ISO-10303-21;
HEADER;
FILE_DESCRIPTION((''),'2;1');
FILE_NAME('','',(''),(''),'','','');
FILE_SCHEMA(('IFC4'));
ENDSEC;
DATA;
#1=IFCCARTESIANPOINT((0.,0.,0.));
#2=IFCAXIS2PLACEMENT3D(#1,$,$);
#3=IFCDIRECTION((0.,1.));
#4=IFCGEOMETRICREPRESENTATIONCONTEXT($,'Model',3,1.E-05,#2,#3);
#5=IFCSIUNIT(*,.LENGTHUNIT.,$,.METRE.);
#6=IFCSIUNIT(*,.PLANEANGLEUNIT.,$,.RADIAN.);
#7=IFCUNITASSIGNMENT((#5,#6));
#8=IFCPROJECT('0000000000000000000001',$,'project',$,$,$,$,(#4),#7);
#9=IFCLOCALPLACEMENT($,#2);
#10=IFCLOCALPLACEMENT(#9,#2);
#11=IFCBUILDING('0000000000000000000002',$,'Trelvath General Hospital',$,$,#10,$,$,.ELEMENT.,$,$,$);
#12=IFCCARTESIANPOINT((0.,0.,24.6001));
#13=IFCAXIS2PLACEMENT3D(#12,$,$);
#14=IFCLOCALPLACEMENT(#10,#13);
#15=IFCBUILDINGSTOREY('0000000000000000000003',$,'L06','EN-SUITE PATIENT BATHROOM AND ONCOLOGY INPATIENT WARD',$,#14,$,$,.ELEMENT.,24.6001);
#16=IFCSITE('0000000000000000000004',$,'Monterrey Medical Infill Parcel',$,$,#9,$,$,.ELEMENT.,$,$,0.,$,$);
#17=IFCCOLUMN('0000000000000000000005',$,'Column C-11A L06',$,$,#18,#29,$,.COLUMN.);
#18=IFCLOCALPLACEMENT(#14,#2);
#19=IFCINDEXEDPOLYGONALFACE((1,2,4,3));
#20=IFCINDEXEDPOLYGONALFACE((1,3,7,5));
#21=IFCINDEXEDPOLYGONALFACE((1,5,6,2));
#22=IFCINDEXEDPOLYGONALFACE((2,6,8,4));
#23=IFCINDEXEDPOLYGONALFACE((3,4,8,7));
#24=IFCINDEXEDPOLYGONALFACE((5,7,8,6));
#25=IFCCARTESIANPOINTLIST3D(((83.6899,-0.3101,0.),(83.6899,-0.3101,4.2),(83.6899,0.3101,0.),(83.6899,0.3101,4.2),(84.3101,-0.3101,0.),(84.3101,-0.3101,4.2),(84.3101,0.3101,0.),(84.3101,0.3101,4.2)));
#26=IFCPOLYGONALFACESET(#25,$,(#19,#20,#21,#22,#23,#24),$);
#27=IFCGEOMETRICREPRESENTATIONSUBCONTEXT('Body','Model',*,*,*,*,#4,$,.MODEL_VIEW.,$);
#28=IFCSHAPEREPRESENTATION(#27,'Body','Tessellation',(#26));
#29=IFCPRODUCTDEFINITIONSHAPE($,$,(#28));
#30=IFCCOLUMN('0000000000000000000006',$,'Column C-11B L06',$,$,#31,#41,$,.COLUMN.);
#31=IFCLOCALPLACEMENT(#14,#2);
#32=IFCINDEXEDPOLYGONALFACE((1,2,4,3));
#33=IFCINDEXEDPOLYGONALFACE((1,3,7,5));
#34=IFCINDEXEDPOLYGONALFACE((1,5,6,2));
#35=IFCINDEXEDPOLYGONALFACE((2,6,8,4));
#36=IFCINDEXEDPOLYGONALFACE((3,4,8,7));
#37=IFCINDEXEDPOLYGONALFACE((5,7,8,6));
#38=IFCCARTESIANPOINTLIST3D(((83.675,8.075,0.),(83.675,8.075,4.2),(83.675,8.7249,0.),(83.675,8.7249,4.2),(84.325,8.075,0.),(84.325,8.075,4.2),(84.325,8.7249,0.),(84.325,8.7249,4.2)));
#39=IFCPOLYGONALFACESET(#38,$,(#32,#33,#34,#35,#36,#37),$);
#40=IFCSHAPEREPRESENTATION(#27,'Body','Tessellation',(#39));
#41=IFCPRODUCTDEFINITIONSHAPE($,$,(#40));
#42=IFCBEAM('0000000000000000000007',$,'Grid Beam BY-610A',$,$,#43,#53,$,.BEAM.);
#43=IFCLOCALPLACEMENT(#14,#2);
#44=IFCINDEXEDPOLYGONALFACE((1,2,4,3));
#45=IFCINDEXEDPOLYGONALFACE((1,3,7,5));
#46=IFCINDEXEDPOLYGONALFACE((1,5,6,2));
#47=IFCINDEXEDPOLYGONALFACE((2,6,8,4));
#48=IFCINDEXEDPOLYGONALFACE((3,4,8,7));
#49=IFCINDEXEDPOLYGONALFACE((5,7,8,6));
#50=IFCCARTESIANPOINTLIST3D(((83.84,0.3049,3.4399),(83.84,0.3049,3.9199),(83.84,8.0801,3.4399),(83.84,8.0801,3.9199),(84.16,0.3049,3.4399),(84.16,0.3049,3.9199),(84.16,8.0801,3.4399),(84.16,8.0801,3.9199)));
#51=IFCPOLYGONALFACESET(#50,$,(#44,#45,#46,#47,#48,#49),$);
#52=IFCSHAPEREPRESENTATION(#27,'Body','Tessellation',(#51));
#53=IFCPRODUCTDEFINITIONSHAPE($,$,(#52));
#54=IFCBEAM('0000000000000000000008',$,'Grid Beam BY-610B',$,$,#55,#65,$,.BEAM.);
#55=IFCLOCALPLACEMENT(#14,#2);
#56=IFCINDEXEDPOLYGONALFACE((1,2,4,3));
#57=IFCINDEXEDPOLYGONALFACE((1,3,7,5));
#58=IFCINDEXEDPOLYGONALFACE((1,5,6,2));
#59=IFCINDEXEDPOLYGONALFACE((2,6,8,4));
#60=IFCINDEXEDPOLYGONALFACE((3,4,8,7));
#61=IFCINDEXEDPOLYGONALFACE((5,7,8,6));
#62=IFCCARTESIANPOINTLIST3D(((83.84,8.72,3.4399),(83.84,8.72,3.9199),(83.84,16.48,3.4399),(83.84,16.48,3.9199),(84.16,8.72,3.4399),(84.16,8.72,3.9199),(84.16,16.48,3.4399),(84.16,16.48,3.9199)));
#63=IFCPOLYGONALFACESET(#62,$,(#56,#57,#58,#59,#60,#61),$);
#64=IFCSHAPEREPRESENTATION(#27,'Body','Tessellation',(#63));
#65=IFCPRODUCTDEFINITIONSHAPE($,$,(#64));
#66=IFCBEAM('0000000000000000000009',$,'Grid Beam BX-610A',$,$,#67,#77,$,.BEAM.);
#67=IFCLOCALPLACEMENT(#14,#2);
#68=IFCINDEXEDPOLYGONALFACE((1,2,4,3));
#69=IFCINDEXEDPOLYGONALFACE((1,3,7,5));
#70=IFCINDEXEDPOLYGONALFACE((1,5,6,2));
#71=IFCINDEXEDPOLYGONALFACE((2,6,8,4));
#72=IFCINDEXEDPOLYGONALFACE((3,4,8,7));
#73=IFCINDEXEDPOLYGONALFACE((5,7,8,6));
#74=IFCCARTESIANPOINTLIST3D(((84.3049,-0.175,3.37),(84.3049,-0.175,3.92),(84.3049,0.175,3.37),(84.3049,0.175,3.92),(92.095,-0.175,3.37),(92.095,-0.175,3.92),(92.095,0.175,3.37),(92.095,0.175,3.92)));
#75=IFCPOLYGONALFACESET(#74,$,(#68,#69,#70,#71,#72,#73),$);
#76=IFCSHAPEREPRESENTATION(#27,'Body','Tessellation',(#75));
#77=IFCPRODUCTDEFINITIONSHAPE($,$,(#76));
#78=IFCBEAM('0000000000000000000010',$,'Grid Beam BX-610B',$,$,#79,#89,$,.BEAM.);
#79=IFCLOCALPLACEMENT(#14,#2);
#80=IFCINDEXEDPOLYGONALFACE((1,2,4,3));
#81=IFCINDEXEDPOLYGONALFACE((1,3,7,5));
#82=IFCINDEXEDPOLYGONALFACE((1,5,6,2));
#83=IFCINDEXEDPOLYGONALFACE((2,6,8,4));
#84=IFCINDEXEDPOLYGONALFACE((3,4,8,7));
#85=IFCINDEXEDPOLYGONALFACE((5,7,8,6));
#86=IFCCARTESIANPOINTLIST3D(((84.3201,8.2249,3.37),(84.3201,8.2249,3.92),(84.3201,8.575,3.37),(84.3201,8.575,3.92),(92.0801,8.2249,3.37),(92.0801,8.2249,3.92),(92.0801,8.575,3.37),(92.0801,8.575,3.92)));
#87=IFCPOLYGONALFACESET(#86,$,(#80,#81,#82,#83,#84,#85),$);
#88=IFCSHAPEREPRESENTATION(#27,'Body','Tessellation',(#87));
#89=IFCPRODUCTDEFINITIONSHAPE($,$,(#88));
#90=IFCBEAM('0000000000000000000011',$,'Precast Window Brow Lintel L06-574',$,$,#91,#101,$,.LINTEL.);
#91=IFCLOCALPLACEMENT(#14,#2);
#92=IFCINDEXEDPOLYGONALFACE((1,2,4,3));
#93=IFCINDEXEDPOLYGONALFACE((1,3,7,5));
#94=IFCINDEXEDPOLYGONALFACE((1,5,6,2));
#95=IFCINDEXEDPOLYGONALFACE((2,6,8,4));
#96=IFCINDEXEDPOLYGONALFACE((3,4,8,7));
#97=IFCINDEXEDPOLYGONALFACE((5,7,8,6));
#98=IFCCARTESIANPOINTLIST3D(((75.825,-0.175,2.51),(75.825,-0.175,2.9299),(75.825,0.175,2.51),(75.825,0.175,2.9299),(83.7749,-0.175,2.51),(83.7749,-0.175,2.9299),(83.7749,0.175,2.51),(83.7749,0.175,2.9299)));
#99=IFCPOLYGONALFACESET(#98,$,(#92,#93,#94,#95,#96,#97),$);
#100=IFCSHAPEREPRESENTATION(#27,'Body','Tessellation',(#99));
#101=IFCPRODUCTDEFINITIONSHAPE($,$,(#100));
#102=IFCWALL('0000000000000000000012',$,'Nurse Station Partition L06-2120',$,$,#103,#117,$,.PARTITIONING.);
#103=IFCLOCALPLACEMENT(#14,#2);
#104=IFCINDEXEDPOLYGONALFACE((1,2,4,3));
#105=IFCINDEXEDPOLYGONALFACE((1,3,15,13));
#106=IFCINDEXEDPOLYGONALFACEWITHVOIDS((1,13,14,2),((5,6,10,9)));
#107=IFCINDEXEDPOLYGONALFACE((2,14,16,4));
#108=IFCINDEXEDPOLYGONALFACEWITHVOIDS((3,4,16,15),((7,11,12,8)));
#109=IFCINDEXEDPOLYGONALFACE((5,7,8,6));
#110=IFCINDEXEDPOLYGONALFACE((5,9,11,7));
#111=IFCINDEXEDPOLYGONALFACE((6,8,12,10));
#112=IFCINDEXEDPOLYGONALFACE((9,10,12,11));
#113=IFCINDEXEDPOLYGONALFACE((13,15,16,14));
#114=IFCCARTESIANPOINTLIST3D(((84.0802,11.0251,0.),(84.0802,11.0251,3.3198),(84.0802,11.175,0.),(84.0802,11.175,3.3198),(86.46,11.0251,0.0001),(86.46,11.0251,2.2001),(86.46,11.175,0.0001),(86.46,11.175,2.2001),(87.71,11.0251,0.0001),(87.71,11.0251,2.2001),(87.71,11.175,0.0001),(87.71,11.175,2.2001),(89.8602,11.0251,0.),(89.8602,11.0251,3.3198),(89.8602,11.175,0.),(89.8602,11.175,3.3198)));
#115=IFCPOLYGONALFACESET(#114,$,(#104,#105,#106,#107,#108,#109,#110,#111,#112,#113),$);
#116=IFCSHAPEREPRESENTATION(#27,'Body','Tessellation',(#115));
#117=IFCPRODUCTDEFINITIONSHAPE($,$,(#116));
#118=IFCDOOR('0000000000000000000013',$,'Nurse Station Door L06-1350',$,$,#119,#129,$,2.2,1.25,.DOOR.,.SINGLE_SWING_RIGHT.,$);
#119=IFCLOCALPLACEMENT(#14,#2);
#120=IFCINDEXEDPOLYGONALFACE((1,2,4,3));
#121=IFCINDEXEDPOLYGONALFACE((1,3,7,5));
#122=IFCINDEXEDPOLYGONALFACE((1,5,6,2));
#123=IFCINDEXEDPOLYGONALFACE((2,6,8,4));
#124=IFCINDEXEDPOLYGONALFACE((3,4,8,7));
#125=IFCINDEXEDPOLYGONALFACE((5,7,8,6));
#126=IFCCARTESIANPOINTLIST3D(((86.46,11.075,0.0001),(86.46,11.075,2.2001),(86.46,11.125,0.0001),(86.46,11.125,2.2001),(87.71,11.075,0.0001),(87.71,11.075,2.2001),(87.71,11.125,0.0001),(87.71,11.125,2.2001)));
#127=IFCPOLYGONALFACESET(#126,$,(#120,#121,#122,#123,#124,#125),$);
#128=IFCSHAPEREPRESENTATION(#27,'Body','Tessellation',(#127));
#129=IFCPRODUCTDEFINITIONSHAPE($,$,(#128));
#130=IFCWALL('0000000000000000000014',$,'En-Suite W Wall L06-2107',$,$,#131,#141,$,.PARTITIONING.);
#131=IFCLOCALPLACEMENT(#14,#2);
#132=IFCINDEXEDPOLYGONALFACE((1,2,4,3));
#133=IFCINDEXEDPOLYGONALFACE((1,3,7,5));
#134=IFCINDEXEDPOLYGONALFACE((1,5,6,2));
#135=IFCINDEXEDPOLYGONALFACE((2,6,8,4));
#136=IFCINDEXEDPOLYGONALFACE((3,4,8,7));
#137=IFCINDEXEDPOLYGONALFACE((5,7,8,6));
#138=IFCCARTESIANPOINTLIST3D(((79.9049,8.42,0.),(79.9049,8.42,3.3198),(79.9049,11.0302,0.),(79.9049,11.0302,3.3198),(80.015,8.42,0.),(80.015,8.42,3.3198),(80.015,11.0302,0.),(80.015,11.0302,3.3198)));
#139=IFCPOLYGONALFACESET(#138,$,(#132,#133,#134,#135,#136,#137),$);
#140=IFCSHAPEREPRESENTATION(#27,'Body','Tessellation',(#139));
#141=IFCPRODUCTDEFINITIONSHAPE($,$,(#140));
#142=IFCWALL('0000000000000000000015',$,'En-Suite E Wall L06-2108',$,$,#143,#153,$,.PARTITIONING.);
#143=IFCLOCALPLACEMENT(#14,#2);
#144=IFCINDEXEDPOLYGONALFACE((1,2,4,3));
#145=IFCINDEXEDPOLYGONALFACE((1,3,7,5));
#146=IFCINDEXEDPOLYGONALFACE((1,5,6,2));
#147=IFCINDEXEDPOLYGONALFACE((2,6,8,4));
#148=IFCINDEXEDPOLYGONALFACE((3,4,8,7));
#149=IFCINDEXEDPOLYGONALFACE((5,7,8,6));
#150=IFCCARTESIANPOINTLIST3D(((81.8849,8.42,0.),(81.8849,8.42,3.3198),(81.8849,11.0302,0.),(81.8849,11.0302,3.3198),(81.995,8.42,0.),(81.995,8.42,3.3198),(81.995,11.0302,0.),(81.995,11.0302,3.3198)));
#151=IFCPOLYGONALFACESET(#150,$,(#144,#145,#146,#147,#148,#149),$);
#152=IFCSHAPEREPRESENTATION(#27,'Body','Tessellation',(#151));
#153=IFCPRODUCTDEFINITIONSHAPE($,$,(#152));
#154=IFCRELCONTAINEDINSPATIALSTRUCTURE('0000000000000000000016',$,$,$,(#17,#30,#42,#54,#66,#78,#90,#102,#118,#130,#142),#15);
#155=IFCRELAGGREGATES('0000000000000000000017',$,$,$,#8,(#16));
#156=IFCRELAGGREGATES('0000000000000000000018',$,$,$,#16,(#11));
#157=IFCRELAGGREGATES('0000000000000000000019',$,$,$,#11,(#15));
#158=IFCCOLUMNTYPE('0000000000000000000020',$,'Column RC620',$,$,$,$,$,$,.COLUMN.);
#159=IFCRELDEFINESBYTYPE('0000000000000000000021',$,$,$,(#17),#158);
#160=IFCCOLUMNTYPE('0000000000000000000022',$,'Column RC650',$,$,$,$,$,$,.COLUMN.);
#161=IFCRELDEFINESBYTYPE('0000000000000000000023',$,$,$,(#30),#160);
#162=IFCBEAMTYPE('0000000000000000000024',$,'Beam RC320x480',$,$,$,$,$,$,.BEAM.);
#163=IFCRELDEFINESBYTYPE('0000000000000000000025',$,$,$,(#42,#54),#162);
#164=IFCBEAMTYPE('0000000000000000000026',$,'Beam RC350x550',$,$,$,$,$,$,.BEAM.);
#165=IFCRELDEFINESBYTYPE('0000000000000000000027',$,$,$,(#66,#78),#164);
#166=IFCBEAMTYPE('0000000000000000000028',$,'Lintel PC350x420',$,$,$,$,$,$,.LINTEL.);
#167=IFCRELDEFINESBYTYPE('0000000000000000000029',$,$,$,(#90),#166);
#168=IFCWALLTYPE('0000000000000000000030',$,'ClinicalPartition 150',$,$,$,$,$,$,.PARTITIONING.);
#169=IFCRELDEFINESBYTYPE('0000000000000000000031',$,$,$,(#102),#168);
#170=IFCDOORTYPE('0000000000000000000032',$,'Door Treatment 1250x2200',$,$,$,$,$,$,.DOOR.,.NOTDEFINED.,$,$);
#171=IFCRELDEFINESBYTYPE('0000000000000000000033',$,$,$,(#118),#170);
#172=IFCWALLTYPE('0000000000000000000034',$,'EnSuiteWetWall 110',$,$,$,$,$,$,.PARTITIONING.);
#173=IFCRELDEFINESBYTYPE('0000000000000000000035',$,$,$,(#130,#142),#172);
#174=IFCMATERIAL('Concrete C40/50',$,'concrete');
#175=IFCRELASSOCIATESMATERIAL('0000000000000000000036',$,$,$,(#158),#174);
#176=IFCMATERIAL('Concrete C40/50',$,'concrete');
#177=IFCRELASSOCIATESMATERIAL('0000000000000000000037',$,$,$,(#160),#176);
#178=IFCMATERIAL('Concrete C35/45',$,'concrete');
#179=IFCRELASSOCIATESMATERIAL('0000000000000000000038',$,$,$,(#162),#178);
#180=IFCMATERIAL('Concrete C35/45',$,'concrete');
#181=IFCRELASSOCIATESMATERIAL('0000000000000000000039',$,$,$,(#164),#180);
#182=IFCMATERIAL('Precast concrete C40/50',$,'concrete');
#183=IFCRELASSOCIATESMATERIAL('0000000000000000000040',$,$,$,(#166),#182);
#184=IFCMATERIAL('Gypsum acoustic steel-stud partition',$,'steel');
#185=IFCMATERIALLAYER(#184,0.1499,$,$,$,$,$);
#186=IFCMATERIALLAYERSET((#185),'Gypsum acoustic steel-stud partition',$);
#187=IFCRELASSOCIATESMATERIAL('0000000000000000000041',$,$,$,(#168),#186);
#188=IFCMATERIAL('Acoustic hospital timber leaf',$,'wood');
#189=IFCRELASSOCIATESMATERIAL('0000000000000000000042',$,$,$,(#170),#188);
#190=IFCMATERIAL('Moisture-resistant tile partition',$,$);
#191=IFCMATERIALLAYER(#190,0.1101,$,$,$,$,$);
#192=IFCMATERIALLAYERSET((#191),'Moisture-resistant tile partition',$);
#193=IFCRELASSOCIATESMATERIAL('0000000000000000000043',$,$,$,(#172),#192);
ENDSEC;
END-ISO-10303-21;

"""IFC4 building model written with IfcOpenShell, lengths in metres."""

from ifc_helpers import new_model, si_unit, direction, frame, frame_2d, origin, origin_2d, place, context, subcontext, project, spatial, rectangle, extrude, material, layer, layer_set, material_profile, profile_set, type_object, element, fill, save


model = new_model("IFC4")

# Units and contexts
model_context = context("Model", 3, precision=1e-05, world=origin(), true_north=direction((0.0, 1.0)))
body_context = subcontext(model_context, "Body", "Model", "MODEL_VIEW")
ifc_project = project(units=[si_unit("LENGTHUNIT", "METRE"), si_unit("PLANEANGLEUNIT", "RADIAN")], contexts=[model_context])

# Site, building, storey
site_placement = place(None, origin())
site = spatial("IfcSite", under=ifc_project, at=site_placement, Name="Monterrey Medical Infill Parcel", CompositionType="ELEMENT", RefElevation=0.0)
building_placement = place(site_placement, origin())
building = spatial("IfcBuilding", under=site, at=building_placement, Name="Trelvath General Hospital", CompositionType="ELEMENT")
storey_placement = place(building_placement, frame((0.0, 0.0, 24.6001)))
storey = spatial("IfcBuildingStorey", under=building, at=storey_placement, Name="L06", Description="EN-SUITE PATIENT BATHROOM AND ONCOLOGY INPATIENT WARD", CompositionType="ELEMENT", Elevation=24.6001)

# Columns
ifc_material_1 = material(Name="Concrete C40/50", Category="concrete")
ifc_material_profile_1 = material_profile(ifc_material_1, rectangle(XDim=0.6201, YDim=0.6201, at=origin_2d()), Name="RC620x620")
ifc_profile_set_1 = profile_set([ifc_material_profile_1], Name="Concrete C40/50")
column_type_1 = type_object("IfcColumnType", Name="Column RC620", PredefinedType="COLUMN", material=ifc_profile_set_1)
column_1_placement = place(storey_placement, frame((84.0, 0.0, 0.0), z_axis=(0.0, 0.0, 1.0), x_axis=(1.0, 0.0, 0.0)))
element("IfcColumn", 1, at=column_1_placement, inside=storey, type_object=column_type_1, Name="Column C-11A L06", PredefinedType="COLUMN", context=body_context, shape_type="SweptSolid", body=[
    extrude(rectangle(XDim=0.6201, YDim=0.6201, at=origin_2d()), origin(), (0.0, 0.0, 1.0), 4.2),
])
ifc_material_2 = material(Name="Concrete C40/50", Category="concrete")
ifc_material_profile_2 = material_profile(ifc_material_2, rectangle(XDim=0.6499, YDim=0.6499, at=origin_2d()), Name="RC650x650")
ifc_profile_set_2 = profile_set([ifc_material_profile_2], Name="Concrete C40/50")
column_type_2 = type_object("IfcColumnType", Name="Column RC650", PredefinedType="COLUMN", material=ifc_profile_set_2)
column_2_placement = place(storey_placement, frame((84.0, 8.3999, 0.0), z_axis=(0.0, 0.0, 1.0), x_axis=(1.0, 0.0, 0.0)))
element("IfcColumn", 2, at=column_2_placement, inside=storey, type_object=column_type_2, Name="Column C-11B L06", PredefinedType="COLUMN", context=body_context, shape_type="SweptSolid", body=[
    extrude(rectangle(XDim=0.6499, YDim=0.6499, at=origin_2d()), origin(), (0.0, 0.0, 1.0), 4.2),
])

# Beams
ifc_material_3 = material(Name="Concrete C35/45", Category="concrete")
ifc_material_profile_3 = material_profile(ifc_material_3, rectangle(XDim=0.3201, YDim=0.48, at=origin_2d()), Name="RCB320x480")
ifc_profile_set_3 = profile_set([ifc_material_profile_3], Name="Concrete C35/45")
beam_type_1 = type_object("IfcBeamType", Name="Beam RC320x480", PredefinedType="BEAM", material=ifc_profile_set_3)
beam_1_placement = place(storey_placement, frame((84.0, 0.3049, 3.6799), z_axis=(0.0, 1.0, 0.0), x_axis=(-1.0, 0.0, 0.0)))
element("IfcBeam", 3, at=beam_1_placement, inside=storey, type_object=beam_type_1, Name="Grid Beam BY-610A", PredefinedType="BEAM", context=body_context, shape_type="SweptSolid", body=[
    extrude(rectangle(XDim=0.3201, YDim=0.48, at=origin_2d()), origin(), (0.0, 0.0, 1.0), 7.7751),
])
beam_2_placement = place(storey_placement, frame((84.0, 8.72, 3.6799), z_axis=(0.0, 1.0, 0.0), x_axis=(-1.0, 0.0, 0.0)))
element("IfcBeam", 4, at=beam_2_placement, inside=storey, type_object=beam_type_1, Name="Grid Beam BY-610B", PredefinedType="BEAM", context=body_context, shape_type="SweptSolid", body=[
    extrude(rectangle(XDim=0.3201, YDim=0.48, at=origin_2d()), origin(), (0.0, 0.0, 1.0), 7.76),
])
ifc_material_4 = material(Name="Concrete C35/45", Category="concrete")
ifc_material_profile_4 = material_profile(ifc_material_4, rectangle(XDim=0.3501, YDim=0.55, at=origin_2d()), Name="RCB350x550")
ifc_profile_set_4 = profile_set([ifc_material_profile_4], Name="Concrete C35/45")
beam_type_2 = type_object("IfcBeamType", Name="Beam RC350x550", PredefinedType="BEAM", material=ifc_profile_set_4)
beam_3_placement = place(storey_placement, frame((84.3049, 0.0, 3.645), z_axis=(1.0, 0.0, 0.0), x_axis=(0.0, 1.0, 0.0)))
element("IfcBeam", 5, at=beam_3_placement, inside=storey, type_object=beam_type_2, Name="Grid Beam BX-610A", PredefinedType="BEAM", context=body_context, shape_type="SweptSolid", body=[
    extrude(rectangle(XDim=0.3501, YDim=0.55, at=origin_2d()), origin(), (0.0, 0.0, 1.0), 7.79),
])
beam_4_placement = place(storey_placement, frame((84.3201, 8.3999, 3.645), z_axis=(1.0, 0.0, 0.0), x_axis=(0.0, 1.0, 0.0)))
element("IfcBeam", 6, at=beam_4_placement, inside=storey, type_object=beam_type_2, Name="Grid Beam BX-610B", PredefinedType="BEAM", context=body_context, shape_type="SweptSolid", body=[
    extrude(rectangle(XDim=0.3501, YDim=0.55, at=origin_2d()), origin(), (0.0, 0.0, 1.0), 7.76),
])
ifc_material_5 = material(Name="Precast concrete C40/50", Category="concrete")
ifc_material_profile_5 = material_profile(ifc_material_5, rectangle(XDim=0.3501, YDim=0.4199, at=origin_2d()), Name="PCL350x420")
ifc_profile_set_5 = profile_set([ifc_material_profile_5], Name="Precast concrete C40/50")
beam_type_3 = type_object("IfcBeamType", Name="Lintel PC350x420", PredefinedType="LINTEL", material=ifc_profile_set_5)
beam_5_placement = place(storey_placement, frame((83.7749, 0.0, 2.72), z_axis=(-1.0, 0.0, 0.0), x_axis=(0.0, -1.0, 0.0)))
element("IfcBeam", 7, at=beam_5_placement, inside=storey, type_object=beam_type_3, Name="Precast Window Brow Lintel L06-574", PredefinedType="LINTEL", context=body_context, shape_type="SweptSolid", body=[
    extrude(rectangle(XDim=0.3501, YDim=0.4199, at=origin_2d()), origin(), (0.0, 0.0, 1.0), 7.95),
])

# Wall, opening, door
ifc_material_6 = material(Name="Gypsum acoustic steel-stud partition", Category="steel")
ifc_layer_1 = layer(ifc_material_6, 0.1499)
ifc_layer_set_1 = layer_set([ifc_layer_1], Name="Gypsum acoustic steel-stud partition")
wall_type_1 = type_object("IfcWallType", Name="ClinicalPartition 150", PredefinedType="PARTITIONING", material=ifc_layer_set_1)
wall_1_placement = place(storey_placement, frame((84.0801, 11.1001, 0.0), z_axis=(0.0, 0.0, 1.0), x_axis=(1.0, 0.0, 0.0)))
wall_1 = element("IfcWall", 8, at=wall_1_placement, inside=storey, type_object=wall_type_1, Name="Nurse Station Partition L06-2120", PredefinedType="PARTITIONING", context=body_context, shape_type="SweptSolid", body=[
    extrude(rectangle(XDim=5.78, YDim=0.1499, at=frame_2d((2.8901, 0.0))), origin(), (0.0, 0.0, 1.0), 3.3198),
])
opening_1_placement = place(wall_1_placement, frame((2.3799, 0.0, 0.0)))
opening_1 = element("IfcOpeningElement", 9, at=opening_1_placement, cuts=wall_1, PredefinedType="OPENING", context=body_context, shape_type="SweptSolid", body=[
    extrude(rectangle(XDim=1.25, YDim=2.2, at=frame_2d((0.625, 1.1001))), frame((0.0, 0.085, 0.0), z_axis=(0.0, -1.0, 0.0), x_axis=(1.0, 0.0, 0.0)), (0.0, 0.0, 1.0), 0.1699),
])
ifc_material_7 = material(Name="Acoustic hospital timber leaf", Category="wood")
door_type_1 = type_object("IfcDoorType", Name="Door Treatment 1250x2200", OperationType="NOTDEFINED", PredefinedType="DOOR", material=ifc_material_7)
door_1_placement = place(opening_1_placement, origin())
door_1 = element("IfcDoor", 10, at=door_1_placement, inside=storey, type_object=door_type_1, Name="Nurse Station Door L06-1350", OperationType="SINGLE_SWING_RIGHT", OverallHeight=2.2, OverallWidth=1.25, PredefinedType="DOOR", context=body_context, shape_type="SweptSolid", body=[
    extrude(rectangle(XDim=1.25, YDim=2.2, at=frame_2d((0.625, 1.1001))), frame((0.0, 0.0249, 0.0), z_axis=(0.0, -1.0, 0.0), x_axis=(1.0, 0.0, 0.0)), (0.0, 0.0, 1.0), 0.05),
])
fill(opening_1, door_1)

# Walls
ifc_material_8 = material(Name="Moisture-resistant tile partition")
ifc_layer_2 = layer(ifc_material_8, 0.1101)
ifc_layer_set_2 = layer_set([ifc_layer_2], Name="Moisture-resistant tile partition")
wall_type_2 = type_object("IfcWallType", Name="EnSuiteWetWall 110", PredefinedType="PARTITIONING", material=ifc_layer_set_2)
for number, where, z_axis, x_axis, name in (
    (11, (79.96, 8.4199, 0.0), (0.0, 0.0, 1.0), (0.0, 1.0, 0.0), "En-Suite W Wall L06-2107"),
    (12, (81.9399, 8.4199, 0.0), (0.0, 0.0, 1.0), (0.0, 1.0, 0.0), "En-Suite E Wall L06-2108"),
):
    element("IfcWall", number, at=place(storey_placement, frame(where, z_axis=z_axis, x_axis=x_axis)), inside=storey, type_object=wall_type_2, Name=name, PredefinedType="PARTITIONING", context=body_context, shape_type="SweptSolid", body=[
        extrude(rectangle(XDim=2.6101, YDim=0.1101, at=frame_2d((1.3052, 0.0))), origin(), (0.0, 0.0, 1.0), 3.3198),
    ])

save(model, "model.ifc")
